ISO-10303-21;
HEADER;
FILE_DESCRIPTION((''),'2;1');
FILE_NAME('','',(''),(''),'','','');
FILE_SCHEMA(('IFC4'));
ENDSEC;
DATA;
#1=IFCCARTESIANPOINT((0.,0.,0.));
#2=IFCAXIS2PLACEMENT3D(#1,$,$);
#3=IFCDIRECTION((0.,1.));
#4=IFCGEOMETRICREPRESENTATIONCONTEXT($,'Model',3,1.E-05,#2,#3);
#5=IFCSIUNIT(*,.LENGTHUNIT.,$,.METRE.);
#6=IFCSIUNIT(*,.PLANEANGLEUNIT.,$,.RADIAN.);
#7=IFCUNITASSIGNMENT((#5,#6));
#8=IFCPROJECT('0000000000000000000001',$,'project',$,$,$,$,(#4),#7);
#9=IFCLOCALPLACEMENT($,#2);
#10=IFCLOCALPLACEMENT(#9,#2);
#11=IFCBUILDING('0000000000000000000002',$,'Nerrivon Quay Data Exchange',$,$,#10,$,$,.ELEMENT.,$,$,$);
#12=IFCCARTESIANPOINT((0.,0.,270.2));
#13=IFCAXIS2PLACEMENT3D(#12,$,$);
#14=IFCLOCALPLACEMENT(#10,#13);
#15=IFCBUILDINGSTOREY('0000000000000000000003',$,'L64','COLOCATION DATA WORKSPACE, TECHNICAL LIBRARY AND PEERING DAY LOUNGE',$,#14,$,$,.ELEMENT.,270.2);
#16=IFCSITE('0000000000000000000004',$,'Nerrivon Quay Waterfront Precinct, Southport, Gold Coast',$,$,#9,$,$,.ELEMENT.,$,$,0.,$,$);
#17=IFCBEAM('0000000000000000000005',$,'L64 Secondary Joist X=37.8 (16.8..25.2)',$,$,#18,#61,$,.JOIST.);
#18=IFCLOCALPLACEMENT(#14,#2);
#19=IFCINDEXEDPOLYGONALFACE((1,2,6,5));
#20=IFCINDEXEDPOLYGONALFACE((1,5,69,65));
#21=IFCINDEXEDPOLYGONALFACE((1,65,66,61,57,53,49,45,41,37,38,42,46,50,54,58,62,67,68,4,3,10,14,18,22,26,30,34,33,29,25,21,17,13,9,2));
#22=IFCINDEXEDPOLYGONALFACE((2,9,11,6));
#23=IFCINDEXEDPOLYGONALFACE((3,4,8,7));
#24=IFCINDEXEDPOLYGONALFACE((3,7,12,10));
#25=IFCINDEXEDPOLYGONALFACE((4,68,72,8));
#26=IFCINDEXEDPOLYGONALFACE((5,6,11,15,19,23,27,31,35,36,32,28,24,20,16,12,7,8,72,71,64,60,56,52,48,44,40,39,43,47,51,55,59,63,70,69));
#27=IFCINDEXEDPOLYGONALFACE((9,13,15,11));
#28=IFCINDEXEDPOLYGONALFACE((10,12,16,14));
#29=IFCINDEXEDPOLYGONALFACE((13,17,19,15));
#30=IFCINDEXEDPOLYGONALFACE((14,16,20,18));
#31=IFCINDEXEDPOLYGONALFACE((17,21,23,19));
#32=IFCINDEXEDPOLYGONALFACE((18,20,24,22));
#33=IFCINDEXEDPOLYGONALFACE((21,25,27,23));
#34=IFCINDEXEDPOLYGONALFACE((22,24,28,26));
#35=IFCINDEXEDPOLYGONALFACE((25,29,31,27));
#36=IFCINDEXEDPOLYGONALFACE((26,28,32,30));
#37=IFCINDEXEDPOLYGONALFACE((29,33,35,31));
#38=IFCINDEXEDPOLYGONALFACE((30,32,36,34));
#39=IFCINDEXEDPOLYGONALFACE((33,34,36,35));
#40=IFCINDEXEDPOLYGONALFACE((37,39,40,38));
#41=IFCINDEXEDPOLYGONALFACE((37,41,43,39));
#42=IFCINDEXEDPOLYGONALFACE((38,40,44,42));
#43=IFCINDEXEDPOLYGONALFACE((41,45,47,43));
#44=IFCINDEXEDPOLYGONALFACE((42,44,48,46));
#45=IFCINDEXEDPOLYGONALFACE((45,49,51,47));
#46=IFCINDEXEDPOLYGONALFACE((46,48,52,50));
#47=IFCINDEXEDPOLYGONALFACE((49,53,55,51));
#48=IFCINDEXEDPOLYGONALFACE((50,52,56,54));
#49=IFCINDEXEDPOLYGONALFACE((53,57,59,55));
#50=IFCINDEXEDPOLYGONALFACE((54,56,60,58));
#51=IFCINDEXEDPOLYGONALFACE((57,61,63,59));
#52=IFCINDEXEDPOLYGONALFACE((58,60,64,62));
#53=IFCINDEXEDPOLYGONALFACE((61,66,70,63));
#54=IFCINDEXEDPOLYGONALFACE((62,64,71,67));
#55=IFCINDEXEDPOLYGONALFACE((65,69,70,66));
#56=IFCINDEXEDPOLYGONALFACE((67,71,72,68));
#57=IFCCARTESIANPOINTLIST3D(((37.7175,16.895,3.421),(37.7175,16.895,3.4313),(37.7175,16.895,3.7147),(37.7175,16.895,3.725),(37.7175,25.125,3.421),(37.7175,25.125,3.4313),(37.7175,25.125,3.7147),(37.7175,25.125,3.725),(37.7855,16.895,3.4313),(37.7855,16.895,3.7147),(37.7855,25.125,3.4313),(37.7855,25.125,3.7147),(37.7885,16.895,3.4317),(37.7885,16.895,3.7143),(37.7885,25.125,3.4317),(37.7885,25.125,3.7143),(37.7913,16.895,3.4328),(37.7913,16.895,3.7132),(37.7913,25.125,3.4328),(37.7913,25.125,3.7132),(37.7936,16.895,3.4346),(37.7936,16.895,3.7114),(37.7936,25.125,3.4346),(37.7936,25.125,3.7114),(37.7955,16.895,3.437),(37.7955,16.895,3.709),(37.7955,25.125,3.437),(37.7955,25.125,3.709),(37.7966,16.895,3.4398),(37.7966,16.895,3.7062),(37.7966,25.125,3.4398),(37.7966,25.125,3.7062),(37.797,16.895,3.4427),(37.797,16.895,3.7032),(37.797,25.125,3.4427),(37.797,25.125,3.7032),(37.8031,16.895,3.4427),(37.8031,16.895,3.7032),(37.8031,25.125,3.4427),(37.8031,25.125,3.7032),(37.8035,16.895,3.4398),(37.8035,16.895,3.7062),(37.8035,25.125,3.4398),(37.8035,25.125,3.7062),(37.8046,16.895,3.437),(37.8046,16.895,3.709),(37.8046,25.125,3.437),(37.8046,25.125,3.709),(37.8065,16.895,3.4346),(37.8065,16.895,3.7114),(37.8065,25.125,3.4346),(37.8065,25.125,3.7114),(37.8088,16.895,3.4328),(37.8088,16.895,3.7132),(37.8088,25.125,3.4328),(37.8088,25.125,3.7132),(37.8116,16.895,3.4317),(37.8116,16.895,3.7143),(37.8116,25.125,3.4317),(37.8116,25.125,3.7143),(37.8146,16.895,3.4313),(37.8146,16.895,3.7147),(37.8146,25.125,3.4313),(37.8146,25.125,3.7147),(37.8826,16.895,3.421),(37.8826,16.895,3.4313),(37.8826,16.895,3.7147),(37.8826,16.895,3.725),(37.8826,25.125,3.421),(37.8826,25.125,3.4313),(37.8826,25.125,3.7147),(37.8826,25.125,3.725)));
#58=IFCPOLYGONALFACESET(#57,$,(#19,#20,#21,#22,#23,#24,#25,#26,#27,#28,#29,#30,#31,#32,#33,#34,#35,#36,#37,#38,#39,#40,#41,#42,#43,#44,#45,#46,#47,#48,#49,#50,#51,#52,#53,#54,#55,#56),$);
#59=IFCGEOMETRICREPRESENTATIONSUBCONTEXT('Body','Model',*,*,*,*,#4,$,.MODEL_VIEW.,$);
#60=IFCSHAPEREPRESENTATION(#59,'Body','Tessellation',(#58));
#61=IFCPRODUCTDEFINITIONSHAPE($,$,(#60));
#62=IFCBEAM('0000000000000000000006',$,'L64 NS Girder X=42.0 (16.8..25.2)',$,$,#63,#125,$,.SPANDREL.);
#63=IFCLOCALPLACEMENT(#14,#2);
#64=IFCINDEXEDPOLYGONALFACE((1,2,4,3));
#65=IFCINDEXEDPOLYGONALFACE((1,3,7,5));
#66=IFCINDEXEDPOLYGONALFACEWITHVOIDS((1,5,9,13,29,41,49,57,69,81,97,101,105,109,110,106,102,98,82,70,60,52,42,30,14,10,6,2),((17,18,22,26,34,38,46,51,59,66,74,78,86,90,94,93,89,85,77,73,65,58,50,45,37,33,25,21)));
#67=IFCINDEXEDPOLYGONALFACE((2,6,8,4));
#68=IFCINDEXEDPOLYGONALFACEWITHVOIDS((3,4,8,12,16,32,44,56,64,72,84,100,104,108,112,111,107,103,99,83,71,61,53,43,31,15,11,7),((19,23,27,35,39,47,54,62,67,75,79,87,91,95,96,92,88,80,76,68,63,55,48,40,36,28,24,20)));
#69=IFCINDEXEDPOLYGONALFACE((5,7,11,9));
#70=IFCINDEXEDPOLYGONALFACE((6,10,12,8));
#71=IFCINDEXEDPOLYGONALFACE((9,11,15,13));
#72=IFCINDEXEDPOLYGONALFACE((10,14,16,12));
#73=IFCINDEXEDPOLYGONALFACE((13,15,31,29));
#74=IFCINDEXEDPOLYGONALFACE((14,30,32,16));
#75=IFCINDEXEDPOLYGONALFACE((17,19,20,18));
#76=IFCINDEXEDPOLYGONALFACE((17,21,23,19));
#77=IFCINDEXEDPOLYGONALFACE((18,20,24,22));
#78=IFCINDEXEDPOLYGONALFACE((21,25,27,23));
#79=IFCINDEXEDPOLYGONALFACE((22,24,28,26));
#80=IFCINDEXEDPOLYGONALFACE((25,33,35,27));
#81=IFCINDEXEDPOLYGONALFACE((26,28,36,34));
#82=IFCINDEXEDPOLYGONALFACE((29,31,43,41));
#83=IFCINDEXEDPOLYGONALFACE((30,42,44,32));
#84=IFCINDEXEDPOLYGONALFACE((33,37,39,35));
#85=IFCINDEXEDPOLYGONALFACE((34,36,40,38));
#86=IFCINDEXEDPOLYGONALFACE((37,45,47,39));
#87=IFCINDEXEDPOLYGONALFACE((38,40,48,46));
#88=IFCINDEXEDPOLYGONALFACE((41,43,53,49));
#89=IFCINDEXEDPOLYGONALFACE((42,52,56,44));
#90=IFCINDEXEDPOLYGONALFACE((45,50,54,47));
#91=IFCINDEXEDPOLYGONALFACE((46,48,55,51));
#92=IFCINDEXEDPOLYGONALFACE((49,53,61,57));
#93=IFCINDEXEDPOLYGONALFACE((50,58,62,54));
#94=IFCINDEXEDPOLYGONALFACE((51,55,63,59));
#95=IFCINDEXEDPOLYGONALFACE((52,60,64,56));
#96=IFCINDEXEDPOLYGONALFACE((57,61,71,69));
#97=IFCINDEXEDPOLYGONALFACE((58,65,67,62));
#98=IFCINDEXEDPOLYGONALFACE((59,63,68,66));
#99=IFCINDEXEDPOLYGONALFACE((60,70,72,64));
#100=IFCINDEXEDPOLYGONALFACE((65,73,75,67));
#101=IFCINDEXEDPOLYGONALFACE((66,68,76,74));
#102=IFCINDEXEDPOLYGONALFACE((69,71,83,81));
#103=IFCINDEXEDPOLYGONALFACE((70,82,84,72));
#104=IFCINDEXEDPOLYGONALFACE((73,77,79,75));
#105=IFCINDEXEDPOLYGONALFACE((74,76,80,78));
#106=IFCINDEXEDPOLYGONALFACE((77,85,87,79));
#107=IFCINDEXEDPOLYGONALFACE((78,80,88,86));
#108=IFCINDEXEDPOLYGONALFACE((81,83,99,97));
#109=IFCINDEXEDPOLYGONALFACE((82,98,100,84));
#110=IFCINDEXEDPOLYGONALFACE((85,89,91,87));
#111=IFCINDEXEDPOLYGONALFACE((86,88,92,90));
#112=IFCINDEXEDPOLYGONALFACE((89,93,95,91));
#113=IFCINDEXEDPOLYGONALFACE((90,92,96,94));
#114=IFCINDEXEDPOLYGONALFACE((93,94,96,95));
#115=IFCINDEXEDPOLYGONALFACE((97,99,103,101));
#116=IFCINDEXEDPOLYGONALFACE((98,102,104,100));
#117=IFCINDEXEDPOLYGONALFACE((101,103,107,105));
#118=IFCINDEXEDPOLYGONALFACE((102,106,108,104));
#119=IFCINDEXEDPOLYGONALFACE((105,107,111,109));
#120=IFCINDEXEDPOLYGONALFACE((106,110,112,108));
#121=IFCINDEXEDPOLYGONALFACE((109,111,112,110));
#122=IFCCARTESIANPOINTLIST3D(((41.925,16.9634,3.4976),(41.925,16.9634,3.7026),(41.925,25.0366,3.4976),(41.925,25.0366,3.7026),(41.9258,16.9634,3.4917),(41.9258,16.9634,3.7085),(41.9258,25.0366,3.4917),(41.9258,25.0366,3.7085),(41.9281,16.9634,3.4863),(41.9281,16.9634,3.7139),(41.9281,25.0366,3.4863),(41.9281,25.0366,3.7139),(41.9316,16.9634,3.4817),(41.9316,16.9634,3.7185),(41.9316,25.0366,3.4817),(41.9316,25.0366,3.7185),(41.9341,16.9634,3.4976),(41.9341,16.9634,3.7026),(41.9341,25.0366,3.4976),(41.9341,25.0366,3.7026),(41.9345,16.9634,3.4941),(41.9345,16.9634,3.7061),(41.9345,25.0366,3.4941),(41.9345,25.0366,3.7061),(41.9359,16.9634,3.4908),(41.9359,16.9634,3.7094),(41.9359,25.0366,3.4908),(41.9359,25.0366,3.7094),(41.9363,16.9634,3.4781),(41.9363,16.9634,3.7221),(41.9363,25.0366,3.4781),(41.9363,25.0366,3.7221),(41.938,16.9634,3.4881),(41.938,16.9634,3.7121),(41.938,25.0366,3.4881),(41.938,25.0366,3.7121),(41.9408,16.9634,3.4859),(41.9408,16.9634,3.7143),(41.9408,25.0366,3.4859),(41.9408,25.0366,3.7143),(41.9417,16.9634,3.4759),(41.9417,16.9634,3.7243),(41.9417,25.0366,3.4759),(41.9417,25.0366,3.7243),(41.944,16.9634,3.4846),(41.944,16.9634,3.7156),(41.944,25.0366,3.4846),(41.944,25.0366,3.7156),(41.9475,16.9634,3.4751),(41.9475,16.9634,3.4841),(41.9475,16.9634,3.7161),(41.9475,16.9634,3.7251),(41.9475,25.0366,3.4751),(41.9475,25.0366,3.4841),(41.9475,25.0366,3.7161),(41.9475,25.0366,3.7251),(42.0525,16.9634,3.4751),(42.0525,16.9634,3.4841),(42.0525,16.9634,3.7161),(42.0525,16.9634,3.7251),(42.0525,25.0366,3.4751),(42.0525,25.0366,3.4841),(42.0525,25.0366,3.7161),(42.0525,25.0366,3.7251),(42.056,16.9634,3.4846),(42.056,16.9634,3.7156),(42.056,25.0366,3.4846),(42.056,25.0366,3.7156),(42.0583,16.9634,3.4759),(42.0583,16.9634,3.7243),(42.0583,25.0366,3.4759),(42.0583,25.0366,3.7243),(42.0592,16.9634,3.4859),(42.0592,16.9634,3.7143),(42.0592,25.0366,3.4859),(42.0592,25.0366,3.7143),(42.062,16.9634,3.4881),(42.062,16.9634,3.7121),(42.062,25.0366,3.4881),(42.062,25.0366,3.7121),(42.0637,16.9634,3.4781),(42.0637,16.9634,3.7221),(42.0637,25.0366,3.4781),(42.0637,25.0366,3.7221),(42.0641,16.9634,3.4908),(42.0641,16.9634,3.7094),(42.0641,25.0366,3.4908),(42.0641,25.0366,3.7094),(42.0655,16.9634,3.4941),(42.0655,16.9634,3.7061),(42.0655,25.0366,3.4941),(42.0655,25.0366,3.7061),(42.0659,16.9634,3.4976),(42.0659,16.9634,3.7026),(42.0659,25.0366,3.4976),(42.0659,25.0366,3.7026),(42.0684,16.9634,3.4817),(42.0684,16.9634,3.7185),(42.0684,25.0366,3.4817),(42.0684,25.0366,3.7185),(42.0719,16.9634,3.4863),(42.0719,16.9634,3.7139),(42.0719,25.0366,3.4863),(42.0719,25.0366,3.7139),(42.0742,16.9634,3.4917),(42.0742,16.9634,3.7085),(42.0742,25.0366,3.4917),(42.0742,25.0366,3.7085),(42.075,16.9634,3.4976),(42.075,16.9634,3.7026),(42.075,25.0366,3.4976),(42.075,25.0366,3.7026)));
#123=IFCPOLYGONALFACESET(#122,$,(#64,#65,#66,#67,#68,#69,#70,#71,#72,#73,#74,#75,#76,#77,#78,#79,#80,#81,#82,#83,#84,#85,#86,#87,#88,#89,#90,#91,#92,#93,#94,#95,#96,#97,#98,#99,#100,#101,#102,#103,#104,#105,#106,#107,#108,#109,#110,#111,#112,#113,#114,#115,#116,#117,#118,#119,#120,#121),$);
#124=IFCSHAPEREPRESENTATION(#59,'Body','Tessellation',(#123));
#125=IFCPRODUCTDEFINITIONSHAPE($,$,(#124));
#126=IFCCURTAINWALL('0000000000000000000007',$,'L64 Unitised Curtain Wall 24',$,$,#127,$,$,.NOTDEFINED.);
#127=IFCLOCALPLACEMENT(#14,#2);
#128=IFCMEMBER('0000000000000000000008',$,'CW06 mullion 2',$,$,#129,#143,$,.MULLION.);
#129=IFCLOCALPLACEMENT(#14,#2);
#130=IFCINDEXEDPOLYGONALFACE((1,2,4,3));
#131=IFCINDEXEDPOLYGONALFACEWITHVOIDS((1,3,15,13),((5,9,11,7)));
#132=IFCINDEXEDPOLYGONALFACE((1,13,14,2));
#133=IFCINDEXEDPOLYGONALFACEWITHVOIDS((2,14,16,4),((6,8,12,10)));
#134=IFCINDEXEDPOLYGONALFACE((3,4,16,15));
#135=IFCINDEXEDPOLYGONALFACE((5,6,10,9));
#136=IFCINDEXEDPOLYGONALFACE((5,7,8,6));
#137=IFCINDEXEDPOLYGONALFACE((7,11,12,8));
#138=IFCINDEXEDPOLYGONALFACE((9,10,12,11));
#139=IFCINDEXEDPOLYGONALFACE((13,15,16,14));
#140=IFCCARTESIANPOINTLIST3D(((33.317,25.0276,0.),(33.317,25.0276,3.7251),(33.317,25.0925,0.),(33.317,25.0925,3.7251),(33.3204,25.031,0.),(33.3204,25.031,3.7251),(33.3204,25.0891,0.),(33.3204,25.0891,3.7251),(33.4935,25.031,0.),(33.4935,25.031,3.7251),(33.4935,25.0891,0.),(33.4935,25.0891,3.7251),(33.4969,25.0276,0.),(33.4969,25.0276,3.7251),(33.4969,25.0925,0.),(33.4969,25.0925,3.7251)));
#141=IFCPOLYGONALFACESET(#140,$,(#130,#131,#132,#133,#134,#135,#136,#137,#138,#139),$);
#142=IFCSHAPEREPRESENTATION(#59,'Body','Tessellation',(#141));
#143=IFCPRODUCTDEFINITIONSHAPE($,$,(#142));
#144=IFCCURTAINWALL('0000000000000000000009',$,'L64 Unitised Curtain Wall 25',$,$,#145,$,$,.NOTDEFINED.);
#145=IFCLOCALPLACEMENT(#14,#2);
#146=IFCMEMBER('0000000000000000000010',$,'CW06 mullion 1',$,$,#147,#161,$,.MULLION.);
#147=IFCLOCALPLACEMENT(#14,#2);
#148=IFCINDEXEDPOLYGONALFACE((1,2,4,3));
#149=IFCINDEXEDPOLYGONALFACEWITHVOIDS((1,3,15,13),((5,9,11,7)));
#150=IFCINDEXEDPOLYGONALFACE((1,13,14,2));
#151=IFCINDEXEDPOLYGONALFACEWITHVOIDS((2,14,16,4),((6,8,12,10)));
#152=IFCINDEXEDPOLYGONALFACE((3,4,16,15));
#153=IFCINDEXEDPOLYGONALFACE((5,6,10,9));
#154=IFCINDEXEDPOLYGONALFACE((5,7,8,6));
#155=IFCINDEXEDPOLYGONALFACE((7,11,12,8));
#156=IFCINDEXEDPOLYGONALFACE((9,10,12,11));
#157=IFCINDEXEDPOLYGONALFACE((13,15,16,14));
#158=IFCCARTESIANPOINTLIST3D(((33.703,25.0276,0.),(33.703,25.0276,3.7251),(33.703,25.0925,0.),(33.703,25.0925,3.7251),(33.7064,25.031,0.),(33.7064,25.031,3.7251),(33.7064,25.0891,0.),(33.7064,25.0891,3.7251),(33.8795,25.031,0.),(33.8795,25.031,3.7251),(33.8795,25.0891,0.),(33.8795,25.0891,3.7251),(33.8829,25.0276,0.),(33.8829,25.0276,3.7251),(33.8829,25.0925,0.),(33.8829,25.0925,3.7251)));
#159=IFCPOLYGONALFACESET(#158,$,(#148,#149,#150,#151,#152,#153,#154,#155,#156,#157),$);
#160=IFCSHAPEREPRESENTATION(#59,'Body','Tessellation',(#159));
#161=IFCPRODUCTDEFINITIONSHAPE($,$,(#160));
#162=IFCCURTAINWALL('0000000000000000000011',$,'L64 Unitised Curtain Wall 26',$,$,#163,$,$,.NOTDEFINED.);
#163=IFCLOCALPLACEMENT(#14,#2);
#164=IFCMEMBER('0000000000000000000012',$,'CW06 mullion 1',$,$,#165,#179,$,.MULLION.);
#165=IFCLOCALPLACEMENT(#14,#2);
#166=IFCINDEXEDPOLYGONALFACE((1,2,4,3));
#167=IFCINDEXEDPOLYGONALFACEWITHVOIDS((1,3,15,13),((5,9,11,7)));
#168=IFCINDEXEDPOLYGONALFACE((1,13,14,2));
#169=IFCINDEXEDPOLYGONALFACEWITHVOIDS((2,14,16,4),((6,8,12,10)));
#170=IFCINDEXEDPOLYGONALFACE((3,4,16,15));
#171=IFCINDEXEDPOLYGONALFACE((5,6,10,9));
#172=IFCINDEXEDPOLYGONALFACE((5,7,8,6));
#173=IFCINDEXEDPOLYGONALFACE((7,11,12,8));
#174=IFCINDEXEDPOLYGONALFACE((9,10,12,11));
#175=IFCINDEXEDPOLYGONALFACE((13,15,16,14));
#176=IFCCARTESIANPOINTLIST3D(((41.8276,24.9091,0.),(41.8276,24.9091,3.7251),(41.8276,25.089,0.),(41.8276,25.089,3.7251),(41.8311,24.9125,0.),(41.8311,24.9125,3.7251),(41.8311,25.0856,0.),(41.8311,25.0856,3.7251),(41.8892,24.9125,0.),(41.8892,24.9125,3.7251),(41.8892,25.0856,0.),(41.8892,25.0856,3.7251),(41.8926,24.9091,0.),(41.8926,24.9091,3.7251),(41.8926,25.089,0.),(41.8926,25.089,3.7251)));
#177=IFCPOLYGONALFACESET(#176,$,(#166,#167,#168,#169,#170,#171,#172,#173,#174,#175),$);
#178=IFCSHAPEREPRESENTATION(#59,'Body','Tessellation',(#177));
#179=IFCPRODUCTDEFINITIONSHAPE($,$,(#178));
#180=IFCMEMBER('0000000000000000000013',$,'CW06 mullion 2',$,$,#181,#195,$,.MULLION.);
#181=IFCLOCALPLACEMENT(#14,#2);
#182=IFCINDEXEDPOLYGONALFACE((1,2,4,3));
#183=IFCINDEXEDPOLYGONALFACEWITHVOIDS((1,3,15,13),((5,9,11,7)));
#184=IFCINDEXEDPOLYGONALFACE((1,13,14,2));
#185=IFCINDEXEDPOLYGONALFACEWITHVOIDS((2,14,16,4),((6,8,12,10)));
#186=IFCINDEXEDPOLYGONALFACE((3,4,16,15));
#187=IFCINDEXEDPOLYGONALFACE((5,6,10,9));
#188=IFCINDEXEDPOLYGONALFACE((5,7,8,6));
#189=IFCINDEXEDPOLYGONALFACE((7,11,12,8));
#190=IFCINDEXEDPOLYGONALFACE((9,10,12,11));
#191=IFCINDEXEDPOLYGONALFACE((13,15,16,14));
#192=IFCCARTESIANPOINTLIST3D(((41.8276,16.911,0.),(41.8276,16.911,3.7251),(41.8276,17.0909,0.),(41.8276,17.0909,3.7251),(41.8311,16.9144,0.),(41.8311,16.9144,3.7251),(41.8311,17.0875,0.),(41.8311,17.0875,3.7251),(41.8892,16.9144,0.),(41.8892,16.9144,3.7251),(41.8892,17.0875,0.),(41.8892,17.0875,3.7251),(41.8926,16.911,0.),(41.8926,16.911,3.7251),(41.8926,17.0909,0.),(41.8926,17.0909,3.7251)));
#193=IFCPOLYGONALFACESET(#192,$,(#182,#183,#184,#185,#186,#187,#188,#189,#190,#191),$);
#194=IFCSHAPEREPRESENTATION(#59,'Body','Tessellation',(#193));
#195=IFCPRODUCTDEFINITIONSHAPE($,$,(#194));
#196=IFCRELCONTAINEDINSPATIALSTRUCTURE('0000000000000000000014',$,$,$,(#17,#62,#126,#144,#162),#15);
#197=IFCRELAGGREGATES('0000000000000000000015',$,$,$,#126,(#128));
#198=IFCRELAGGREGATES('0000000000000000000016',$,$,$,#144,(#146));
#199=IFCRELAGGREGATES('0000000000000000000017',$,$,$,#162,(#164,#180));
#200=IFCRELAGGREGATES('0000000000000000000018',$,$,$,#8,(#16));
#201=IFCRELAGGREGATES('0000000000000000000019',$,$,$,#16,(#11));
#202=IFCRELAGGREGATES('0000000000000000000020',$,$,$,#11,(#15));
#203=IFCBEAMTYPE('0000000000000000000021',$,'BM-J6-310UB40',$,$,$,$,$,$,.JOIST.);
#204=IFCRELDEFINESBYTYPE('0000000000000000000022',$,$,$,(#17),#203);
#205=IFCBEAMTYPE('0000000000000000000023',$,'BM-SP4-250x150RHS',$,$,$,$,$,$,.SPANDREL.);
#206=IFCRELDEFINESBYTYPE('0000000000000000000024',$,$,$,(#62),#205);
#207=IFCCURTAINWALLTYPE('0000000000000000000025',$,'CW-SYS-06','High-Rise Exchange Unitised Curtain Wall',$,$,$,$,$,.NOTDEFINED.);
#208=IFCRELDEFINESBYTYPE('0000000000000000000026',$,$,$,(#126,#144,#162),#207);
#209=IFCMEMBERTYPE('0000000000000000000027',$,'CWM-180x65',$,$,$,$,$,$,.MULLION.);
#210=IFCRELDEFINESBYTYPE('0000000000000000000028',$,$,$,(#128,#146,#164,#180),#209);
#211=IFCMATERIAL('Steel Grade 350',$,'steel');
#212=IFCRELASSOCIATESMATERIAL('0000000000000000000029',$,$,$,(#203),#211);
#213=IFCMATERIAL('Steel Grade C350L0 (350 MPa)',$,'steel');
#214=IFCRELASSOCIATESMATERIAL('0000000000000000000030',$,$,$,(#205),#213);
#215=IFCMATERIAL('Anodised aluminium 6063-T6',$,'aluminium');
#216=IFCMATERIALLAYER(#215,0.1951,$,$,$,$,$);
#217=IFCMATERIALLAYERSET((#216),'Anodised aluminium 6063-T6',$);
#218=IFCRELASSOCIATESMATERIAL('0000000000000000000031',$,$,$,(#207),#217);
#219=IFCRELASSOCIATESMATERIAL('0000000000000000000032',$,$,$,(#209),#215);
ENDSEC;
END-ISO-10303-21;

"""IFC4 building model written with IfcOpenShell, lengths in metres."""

from ifc_helpers import new_model, si_unit, direction, frame, origin, origin_2d, place, context, subcontext, project, spatial, hollow_rectangle, i_section, extrude, material, layer, layer_set, material_profile, profile_set, type_object, element, aggregate, save


model = new_model("IFC4")

# Units and contexts
model_context = context("Model", 3, precision=1e-05, world=origin(), true_north=direction((0.0, 1.0)))
body_context = subcontext(model_context, "Body", "Model", "MODEL_VIEW")
ifc_project = project(units=[si_unit("LENGTHUNIT", "METRE"), si_unit("PLANEANGLEUNIT", "RADIAN")], contexts=[model_context])

# Site, building, storey
site_placement = place(None, origin())
site = spatial("IfcSite", under=ifc_project, at=site_placement, Name="Nerrivon Quay Waterfront Precinct, Southport, Gold Coast", CompositionType="ELEMENT", RefElevation=0.0)
building_placement = place(site_placement, origin())
building = spatial("IfcBuilding", under=site, at=building_placement, Name="Nerrivon Quay Data Exchange", CompositionType="ELEMENT")
storey_placement = place(building_placement, frame((0.0, 0.0, 270.2)))
storey = spatial("IfcBuildingStorey", under=building, at=storey_placement, Name="L64", Description="COLOCATION DATA WORKSPACE, TECHNICAL LIBRARY AND PEERING DAY LOUNGE", CompositionType="ELEMENT", Elevation=270.2)

# Shared definitions
ifc_material_1 = material(Name="Steel Grade 350", Category="steel")

# Beams
ifc_material_profile_1 = material_profile(ifc_material_1, i_section(OverallWidth=0.165, OverallDepth=0.304, WebThickness=0.0061, FlangeThickness=0.0103, FilletRadius=0.0115, at=origin_2d()), Name="310UB40.4")
ifc_profile_set_1 = profile_set([ifc_material_profile_1], Name="Steel Grade 350")
beam_type_1 = type_object("IfcBeamType", Name="BM-J6-310UB40", PredefinedType="JOIST", material=ifc_profile_set_1)
beam_1_placement = place(storey_placement, frame((37.8, 16.895, 3.573), z_axis=(0.0, 1.0, 0.0), x_axis=(-1.0, 0.0, 0.0)))
element("IfcBeam", 1, at=beam_1_placement, inside=storey, type_object=beam_type_1, Name="L64 Secondary Joist X=37.8 (16.8..25.2)", PredefinedType="JOIST", context=body_context, shape_type="SweptSolid", body=[
    extrude(i_section(OverallWidth=0.165, OverallDepth=0.304, WebThickness=0.0061, FlangeThickness=0.0103, FilletRadius=0.0115, at=origin_2d()), origin(), (0.0, 0.0, 1.0), 8.23),
])
ifc_material_2 = material(Name="Steel Grade C350L0 (350 MPa)", Category="steel")
ifc_material_profile_2 = material_profile(ifc_material_2, hollow_rectangle(XDim=0.1499, YDim=0.25, WallThickness=0.009, InnerFilletRadius=0.0134, OuterFilletRadius=0.0225, at=origin_2d()), Name="250x150x9.0RHS")
ifc_profile_set_2 = profile_set([ifc_material_profile_2], Name="Steel Grade C350L0 (350 MPa)")
beam_type_2 = type_object("IfcBeamType", Name="BM-SP4-250x150RHS", PredefinedType="SPANDREL", material=ifc_profile_set_2)
beam_2_placement = place(storey_placement, frame((42.0, 16.9634, 3.6001), z_axis=(0.0, 1.0, 0.0), x_axis=(-1.0, 0.0, 0.0)))
element("IfcBeam", 2, at=beam_2_placement, inside=storey, type_object=beam_type_2, Name="L64 NS Girder X=42.0 (16.8..25.2)", PredefinedType="SPANDREL", context=body_context, shape_type="SweptSolid", body=[
    extrude(hollow_rectangle(XDim=0.1499, YDim=0.25, WallThickness=0.009, InnerFilletRadius=0.0134, OuterFilletRadius=0.0225, at=origin_2d()), origin(), (0.0, 0.0, 1.0), 8.0732),
])

# Curtain walls, members
ifc_material_3 = material(Name="Anodised aluminium 6063-T6", Category="aluminium")
ifc_layer_1 = layer(ifc_material_3, 0.1951)
ifc_layer_set_1 = layer_set([ifc_layer_1], Name="Anodised aluminium 6063-T6")
curtain_wall_type = type_object("IfcCurtainWallType", Name="CW-SYS-06", Description="High-Rise Exchange Unitised Curtain Wall", PredefinedType="NOTDEFINED", material=ifc_layer_set_1)
curtain_wall_1_placement = place(storey_placement, origin())
curtain_wall_1 = element("IfcCurtainWall", 3, at=curtain_wall_1_placement, inside=storey, type_object=curtain_wall_type, Name="L64 Unitised Curtain Wall 24", PredefinedType="NOTDEFINED")
ifc_material_profile_3 = material_profile(ifc_material_3, hollow_rectangle(XDim=0.0649, YDim=0.1799, WallThickness=0.0034, at=origin_2d()), Name="ALU-MULL-180x65")
ifc_profile_set_3 = profile_set([ifc_material_profile_3], Name="Anodised aluminium 6063-T6")
member_type_1 = type_object("IfcMemberType", Name="CWM-180x65", PredefinedType="MULLION", material=ifc_profile_set_3)
member_1_placement = place(storey_placement, frame((33.407, 25.0601, 0.0), z_axis=(0.0, 0.0, 1.0), x_axis=(0.0, 1.0, 0.0)))
member_1 = element("IfcMember", 4, at=member_1_placement, type_object=member_type_1, Name="CW06 mullion 2", PredefinedType="MULLION", context=body_context, shape_type="SweptSolid", body=[
    extrude(hollow_rectangle(XDim=0.0649, YDim=0.1799, WallThickness=0.0034, at=origin_2d()), origin(), (0.0, 0.0, 1.0), 3.7251),
])
aggregate(curtain_wall_1, [member_1])
curtain_wall_2_placement = place(storey_placement, origin())
curtain_wall_2 = element("IfcCurtainWall", 5, at=curtain_wall_2_placement, inside=storey, type_object=curtain_wall_type, Name="L64 Unitised Curtain Wall 25", PredefinedType="NOTDEFINED")
member_2_placement = place(storey_placement, frame((33.793, 25.0601, 0.0), z_axis=(0.0, 0.0, 1.0), x_axis=(0.0, 1.0, 0.0)))
member_2 = element("IfcMember", 6, at=member_2_placement, type_object=member_type_1, Name="CW06 mullion 1", PredefinedType="MULLION", context=body_context, shape_type="SweptSolid", body=[
    extrude(hollow_rectangle(XDim=0.0649, YDim=0.1799, WallThickness=0.0034, at=origin_2d()), origin(), (0.0, 0.0, 1.0), 3.7251),
])

# Curtain wall, members
curtain_wall_3_placement = place(storey_placement, origin())
curtain_wall_3 = element("IfcCurtainWall", 7, at=curtain_wall_3_placement, inside=storey, type_object=curtain_wall_type, Name="L64 Unitised Curtain Wall 26", PredefinedType="NOTDEFINED")
member_3_placement = place(storey_placement, frame((41.8601, 24.999, 0.0), z_axis=(0.0, 0.0, 1.0), x_axis=(1.0, 0.0, 0.0)))
member_3 = element("IfcMember", 8, at=member_3_placement, type_object=member_type_1, Name="CW06 mullion 1", PredefinedType="MULLION", context=body_context, shape_type="SweptSolid", body=[
    extrude(hollow_rectangle(XDim=0.0649, YDim=0.1799, WallThickness=0.0034, at=origin_2d()), origin(), (0.0, 0.0, 1.0), 3.7251),
])
member_4_placement = place(storey_placement, frame((41.8601, 17.001, 0.0), z_axis=(0.0, 0.0, 1.0), x_axis=(1.0, 0.0, 0.0)))
member_4 = element("IfcMember", 9, at=member_4_placement, type_object=member_type_1, Name="CW06 mullion 2", PredefinedType="MULLION", context=body_context, shape_type="SweptSolid", body=[
    extrude(hollow_rectangle(XDim=0.0649, YDim=0.1799, WallThickness=0.0034, at=origin_2d()), origin(), (0.0, 0.0, 1.0), 3.7251),
])

aggregate(curtain_wall_2, [member_2])

aggregate(curtain_wall_3, [member_3, member_4])

save(model, "model.ifc")
